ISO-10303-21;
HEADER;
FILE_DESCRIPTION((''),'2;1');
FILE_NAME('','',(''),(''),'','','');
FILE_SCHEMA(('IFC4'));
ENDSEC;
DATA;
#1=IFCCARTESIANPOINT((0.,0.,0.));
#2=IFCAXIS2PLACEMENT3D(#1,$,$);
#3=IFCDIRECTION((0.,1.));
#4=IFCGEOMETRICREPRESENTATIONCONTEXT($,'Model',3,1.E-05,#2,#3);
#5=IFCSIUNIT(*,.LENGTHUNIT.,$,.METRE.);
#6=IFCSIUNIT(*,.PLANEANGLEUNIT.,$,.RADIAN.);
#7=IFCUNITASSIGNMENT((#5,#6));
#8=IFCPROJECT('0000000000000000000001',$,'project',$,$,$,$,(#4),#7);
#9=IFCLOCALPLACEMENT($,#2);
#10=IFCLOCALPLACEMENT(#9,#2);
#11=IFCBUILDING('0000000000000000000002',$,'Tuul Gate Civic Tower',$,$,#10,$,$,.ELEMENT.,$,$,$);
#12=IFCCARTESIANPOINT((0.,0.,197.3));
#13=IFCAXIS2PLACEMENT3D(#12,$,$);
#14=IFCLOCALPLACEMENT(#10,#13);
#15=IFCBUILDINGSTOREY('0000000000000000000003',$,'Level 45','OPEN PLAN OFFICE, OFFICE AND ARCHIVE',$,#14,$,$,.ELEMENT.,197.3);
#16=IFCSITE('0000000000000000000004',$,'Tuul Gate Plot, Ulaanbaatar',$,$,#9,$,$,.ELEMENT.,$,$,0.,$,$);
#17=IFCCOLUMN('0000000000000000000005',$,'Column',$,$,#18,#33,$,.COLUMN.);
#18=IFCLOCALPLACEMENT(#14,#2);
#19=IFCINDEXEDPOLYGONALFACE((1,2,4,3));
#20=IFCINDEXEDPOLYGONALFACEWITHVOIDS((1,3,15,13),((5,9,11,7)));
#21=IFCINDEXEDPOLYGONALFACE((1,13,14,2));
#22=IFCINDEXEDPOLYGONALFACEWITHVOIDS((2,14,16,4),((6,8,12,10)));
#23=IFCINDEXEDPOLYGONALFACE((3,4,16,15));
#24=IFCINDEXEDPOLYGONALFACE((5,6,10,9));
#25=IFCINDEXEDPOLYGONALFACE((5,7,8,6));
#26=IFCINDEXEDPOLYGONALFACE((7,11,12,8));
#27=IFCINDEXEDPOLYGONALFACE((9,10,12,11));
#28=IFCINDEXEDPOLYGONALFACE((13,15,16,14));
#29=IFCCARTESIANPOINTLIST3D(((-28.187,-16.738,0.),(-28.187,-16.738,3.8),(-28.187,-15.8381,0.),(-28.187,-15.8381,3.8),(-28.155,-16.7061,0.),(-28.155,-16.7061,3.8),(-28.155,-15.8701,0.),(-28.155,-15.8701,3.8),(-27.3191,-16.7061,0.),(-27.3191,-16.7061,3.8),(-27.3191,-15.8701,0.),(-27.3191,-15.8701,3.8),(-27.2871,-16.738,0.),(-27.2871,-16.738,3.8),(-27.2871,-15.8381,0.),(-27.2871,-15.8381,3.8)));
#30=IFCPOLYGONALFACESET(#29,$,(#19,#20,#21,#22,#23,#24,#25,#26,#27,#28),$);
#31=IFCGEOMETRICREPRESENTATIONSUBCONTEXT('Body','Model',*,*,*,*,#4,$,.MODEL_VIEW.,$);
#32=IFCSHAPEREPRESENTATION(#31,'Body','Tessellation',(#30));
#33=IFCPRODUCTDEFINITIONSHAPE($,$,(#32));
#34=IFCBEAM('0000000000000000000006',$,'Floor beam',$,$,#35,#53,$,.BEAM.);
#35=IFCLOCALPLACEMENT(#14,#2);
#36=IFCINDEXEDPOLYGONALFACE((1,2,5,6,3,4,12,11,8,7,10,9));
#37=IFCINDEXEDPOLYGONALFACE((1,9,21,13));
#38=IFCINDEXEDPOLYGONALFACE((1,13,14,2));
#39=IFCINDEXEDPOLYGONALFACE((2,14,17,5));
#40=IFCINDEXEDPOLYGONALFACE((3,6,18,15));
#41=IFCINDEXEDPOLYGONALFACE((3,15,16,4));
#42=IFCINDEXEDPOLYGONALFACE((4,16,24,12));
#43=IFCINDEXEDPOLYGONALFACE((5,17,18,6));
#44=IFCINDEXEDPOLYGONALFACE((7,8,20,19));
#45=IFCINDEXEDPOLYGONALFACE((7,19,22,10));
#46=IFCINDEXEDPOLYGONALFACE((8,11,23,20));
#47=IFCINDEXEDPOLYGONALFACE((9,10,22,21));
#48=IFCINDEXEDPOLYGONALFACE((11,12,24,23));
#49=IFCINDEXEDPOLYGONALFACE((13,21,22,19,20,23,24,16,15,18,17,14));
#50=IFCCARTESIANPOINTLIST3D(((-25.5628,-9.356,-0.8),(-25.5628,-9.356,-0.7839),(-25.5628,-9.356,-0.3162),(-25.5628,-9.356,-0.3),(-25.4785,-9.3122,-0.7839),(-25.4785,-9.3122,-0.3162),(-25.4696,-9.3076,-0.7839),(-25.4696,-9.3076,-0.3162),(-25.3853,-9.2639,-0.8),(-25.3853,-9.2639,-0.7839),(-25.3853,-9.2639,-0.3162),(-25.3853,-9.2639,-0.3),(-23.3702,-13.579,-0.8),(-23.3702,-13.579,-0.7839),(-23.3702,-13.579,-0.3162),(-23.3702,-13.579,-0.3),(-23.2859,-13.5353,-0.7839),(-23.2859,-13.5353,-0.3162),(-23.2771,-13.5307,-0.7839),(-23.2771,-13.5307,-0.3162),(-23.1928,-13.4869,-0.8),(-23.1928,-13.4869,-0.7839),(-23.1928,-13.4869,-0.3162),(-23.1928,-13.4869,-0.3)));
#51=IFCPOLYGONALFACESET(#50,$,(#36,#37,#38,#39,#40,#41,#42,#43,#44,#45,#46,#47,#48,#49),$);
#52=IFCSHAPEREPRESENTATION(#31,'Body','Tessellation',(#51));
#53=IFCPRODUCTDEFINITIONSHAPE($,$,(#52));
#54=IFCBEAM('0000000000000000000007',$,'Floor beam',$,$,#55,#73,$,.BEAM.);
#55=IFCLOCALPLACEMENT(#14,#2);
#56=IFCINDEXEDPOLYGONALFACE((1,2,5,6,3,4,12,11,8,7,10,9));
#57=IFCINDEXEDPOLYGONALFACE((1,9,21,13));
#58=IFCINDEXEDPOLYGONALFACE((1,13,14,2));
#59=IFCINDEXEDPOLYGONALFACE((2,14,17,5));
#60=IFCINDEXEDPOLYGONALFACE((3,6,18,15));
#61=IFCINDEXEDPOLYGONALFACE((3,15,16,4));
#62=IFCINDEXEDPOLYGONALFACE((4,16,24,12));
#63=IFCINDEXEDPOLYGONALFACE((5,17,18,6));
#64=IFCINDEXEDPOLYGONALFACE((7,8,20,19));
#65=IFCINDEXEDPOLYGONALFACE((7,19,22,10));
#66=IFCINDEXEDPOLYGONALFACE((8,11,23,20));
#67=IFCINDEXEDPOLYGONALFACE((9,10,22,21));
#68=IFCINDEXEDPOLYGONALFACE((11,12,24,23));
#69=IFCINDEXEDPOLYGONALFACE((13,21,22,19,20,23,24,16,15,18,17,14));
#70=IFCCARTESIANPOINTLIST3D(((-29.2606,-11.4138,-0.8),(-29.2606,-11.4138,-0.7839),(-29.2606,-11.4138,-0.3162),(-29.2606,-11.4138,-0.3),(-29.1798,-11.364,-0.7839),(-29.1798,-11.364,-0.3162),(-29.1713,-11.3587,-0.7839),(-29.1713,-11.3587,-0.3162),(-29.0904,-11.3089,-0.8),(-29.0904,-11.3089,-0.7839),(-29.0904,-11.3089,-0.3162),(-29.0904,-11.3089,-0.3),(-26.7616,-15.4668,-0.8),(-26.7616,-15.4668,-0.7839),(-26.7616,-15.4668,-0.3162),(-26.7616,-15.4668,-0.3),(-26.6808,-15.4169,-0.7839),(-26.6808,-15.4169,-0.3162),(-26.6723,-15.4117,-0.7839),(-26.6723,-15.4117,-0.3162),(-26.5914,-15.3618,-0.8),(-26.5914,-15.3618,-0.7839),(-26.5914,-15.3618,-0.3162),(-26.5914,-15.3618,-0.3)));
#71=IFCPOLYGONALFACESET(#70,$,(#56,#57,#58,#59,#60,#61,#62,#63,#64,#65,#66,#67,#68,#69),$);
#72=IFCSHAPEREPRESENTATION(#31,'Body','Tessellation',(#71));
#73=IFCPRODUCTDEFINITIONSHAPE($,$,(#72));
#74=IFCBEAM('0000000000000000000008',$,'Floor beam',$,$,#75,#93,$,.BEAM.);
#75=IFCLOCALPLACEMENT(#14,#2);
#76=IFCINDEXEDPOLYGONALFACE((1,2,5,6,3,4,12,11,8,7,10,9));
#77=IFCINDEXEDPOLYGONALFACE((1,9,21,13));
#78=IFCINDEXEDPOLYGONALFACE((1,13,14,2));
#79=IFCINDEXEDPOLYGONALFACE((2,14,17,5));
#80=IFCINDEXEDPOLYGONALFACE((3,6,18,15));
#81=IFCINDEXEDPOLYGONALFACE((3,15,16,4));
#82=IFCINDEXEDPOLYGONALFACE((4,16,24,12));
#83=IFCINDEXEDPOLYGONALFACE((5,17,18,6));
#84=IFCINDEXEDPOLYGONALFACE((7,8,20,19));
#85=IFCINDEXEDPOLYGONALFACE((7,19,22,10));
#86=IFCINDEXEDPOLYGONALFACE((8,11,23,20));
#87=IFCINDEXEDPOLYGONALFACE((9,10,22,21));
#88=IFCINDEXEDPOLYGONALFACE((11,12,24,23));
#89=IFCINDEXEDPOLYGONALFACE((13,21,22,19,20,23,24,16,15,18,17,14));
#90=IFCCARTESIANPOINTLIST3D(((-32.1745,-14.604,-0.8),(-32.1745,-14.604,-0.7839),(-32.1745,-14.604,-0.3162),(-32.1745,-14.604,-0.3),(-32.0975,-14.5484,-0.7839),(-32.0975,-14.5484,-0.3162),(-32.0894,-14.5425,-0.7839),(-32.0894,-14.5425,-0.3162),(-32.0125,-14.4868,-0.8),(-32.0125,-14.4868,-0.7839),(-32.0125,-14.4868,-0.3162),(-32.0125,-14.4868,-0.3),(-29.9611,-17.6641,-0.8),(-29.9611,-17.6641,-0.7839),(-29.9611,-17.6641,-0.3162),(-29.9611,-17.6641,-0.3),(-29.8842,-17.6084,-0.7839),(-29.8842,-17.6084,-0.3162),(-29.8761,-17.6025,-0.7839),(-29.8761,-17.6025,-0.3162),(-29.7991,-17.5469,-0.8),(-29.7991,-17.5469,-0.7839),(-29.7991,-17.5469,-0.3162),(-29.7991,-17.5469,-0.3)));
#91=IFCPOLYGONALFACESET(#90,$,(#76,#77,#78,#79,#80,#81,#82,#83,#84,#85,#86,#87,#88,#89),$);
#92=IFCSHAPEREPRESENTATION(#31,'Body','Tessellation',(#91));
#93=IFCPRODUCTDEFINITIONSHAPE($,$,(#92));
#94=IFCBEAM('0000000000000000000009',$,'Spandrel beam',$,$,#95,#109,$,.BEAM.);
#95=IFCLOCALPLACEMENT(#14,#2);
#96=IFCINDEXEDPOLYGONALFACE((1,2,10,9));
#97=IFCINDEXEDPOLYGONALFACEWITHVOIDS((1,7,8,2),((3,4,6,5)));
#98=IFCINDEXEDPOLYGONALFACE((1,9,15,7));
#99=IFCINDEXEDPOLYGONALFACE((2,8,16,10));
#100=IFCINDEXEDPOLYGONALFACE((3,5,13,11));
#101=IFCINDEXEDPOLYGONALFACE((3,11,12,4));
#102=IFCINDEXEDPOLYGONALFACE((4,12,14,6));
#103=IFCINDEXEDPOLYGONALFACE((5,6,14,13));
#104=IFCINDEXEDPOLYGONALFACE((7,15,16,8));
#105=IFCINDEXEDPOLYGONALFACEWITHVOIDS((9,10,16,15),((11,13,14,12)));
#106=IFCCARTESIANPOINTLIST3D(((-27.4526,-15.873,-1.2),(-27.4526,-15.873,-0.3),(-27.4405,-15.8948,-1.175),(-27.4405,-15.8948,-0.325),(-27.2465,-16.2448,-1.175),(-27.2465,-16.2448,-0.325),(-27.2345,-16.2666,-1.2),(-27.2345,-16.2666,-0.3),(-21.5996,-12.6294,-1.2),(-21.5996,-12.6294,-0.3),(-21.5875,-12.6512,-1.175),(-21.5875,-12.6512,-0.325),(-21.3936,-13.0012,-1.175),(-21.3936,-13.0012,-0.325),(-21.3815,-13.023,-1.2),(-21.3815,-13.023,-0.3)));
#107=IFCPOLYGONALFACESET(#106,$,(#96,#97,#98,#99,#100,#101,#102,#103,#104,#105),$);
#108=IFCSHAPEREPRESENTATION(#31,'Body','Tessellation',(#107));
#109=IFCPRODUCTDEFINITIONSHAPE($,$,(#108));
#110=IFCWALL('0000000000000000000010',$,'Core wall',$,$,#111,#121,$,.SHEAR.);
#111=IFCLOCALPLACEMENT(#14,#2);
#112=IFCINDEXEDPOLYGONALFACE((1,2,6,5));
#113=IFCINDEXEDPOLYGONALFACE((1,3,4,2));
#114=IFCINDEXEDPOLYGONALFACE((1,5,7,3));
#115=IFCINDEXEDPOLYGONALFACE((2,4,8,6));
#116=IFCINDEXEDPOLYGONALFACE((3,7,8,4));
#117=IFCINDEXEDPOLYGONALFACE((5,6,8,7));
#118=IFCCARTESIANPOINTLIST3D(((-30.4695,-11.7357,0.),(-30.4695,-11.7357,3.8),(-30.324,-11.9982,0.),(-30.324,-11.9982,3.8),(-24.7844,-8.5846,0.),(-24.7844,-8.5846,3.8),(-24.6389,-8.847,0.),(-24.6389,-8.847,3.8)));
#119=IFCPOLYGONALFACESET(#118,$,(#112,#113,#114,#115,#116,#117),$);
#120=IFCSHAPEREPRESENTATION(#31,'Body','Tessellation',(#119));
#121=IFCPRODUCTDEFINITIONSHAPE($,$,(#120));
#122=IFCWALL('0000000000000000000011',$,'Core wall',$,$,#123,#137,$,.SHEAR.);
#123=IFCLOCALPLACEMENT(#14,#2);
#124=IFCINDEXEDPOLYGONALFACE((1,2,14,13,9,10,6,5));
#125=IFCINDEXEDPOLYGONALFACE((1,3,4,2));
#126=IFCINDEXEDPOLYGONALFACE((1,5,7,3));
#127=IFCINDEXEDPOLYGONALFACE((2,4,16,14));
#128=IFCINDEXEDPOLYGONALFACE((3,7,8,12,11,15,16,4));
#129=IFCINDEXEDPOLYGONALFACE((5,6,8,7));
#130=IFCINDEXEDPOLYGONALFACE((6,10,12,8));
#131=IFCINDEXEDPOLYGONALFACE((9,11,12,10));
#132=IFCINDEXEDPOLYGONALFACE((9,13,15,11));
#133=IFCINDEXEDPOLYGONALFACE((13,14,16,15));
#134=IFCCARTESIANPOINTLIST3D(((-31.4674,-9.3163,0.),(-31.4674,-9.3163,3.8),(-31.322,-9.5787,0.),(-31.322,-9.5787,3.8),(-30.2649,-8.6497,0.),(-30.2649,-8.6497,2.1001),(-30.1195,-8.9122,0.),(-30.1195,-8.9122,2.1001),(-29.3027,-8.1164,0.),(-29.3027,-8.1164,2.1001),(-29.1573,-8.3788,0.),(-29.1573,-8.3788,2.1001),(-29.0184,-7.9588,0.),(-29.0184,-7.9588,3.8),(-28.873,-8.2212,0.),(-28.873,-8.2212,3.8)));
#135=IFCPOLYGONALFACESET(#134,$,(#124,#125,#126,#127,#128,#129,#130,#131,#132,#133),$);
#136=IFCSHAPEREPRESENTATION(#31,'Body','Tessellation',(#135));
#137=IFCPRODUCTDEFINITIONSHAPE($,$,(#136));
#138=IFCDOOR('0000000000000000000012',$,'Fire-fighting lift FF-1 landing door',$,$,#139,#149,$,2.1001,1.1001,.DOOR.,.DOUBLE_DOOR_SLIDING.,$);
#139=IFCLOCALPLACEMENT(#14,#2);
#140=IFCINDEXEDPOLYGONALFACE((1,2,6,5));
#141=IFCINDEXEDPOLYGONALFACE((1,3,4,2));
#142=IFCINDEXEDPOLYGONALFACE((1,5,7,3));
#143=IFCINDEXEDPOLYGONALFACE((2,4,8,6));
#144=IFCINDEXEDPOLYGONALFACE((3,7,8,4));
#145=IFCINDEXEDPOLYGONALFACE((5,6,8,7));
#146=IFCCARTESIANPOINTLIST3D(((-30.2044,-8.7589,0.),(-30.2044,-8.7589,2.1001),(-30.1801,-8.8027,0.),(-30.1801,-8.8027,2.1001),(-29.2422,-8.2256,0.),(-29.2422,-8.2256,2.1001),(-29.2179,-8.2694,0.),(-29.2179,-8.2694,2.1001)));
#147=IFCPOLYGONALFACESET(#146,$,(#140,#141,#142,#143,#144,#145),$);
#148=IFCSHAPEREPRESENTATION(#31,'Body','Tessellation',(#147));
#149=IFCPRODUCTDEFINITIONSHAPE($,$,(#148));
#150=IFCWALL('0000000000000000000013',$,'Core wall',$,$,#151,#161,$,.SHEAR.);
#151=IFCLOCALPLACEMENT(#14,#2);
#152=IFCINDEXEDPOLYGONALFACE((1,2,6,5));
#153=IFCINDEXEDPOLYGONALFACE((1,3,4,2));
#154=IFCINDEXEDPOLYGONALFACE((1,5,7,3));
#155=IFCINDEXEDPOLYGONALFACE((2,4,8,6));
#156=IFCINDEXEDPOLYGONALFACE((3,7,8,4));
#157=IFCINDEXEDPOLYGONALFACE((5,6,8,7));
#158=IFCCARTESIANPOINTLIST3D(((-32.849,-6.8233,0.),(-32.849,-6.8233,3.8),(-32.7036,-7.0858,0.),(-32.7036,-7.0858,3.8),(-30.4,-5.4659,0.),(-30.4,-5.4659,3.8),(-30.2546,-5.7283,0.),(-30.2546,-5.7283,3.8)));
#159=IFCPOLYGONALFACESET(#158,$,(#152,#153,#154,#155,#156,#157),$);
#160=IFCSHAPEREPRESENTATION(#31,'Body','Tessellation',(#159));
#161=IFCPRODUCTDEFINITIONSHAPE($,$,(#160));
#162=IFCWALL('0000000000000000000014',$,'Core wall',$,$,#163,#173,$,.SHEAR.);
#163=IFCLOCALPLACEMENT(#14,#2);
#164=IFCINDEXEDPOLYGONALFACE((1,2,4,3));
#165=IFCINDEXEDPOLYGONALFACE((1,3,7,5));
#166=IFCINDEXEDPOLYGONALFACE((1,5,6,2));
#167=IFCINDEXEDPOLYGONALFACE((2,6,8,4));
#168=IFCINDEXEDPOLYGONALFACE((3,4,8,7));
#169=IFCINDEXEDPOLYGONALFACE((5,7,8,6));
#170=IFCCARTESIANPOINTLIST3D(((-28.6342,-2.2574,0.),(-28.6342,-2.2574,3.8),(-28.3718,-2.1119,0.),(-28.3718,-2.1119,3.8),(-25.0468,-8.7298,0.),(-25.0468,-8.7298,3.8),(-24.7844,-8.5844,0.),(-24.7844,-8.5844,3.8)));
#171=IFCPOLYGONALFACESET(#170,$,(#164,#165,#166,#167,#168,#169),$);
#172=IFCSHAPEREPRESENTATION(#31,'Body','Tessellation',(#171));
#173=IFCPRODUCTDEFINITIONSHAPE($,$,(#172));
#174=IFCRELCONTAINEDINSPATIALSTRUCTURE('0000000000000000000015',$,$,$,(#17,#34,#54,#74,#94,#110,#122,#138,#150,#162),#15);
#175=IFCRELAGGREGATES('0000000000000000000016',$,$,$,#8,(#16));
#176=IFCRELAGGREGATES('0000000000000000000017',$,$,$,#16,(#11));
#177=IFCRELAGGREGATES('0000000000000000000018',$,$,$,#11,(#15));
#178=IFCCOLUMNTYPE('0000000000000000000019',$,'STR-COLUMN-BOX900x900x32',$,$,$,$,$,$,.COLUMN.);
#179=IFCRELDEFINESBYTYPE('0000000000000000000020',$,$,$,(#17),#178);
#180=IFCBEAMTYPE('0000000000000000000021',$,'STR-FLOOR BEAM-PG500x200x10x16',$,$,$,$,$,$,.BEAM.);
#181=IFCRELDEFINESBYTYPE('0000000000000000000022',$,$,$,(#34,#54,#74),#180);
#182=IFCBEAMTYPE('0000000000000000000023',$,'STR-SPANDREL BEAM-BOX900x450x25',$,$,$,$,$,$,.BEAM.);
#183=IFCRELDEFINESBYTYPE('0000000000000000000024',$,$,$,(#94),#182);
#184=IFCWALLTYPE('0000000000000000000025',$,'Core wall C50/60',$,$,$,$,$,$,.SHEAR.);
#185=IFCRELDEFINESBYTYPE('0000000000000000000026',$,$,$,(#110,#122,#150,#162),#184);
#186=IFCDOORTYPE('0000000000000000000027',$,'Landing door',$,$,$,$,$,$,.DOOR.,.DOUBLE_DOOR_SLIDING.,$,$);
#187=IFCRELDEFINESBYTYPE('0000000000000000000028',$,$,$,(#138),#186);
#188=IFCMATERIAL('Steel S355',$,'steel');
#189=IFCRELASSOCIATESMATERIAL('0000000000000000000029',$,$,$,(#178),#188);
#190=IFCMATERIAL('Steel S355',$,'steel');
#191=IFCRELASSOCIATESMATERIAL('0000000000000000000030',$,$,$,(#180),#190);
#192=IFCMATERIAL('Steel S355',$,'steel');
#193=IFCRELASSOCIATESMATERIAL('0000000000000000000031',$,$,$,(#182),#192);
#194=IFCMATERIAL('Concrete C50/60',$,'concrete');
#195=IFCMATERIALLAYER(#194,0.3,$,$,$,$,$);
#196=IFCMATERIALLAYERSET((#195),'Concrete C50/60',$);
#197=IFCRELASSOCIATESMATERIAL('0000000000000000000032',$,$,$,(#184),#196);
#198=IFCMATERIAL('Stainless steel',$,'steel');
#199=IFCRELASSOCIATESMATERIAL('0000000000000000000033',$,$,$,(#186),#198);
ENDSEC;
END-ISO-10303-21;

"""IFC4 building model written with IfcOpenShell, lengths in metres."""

from ifc_helpers import new_model, si_unit, direction, frame, frame_2d, origin, origin_2d, place, context, subcontext, project, spatial, rectangle, hollow_rectangle, i_section, extrude, material, layer, layer_set, material_profile, profile_set, type_object, element, fill, save


model = new_model("IFC4")

# Units and contexts
model_context = context("Model", 3, precision=1e-05, world=origin(), true_north=direction((0.0, 1.0)))
body_context = subcontext(model_context, "Body", "Model", "MODEL_VIEW")
ifc_project = project(units=[si_unit("LENGTHUNIT", "METRE"), si_unit("PLANEANGLEUNIT", "RADIAN")], contexts=[model_context])

# Site, building, storey
site_placement = place(None, origin())
site = spatial("IfcSite", under=ifc_project, at=site_placement, Name="Tuul Gate Plot, Ulaanbaatar", CompositionType="ELEMENT", RefElevation=0.0)
building_placement = place(site_placement, origin())
building = spatial("IfcBuilding", under=site, at=building_placement, Name="Tuul Gate Civic Tower", CompositionType="ELEMENT")
storey_placement = place(building_placement, frame((0.0, 0.0, 197.3)))
storey = spatial("IfcBuildingStorey", under=building, at=storey_placement, Name="Level 45", Description="OPEN PLAN OFFICE, OFFICE AND ARCHIVE", CompositionType="ELEMENT", Elevation=197.3)

# Column
ifc_material_1 = material(Name="Steel S355", Category="steel")
ifc_material_profile_1 = material_profile(ifc_material_1, hollow_rectangle(XDim=0.8999, YDim=0.8999, WallThickness=0.032, at=origin_2d()), Name="BOX900x900x32")
ifc_profile_set_1 = profile_set([ifc_material_profile_1], Name="Steel S355")
column_type = type_object("IfcColumnType", Name="STR-COLUMN-BOX900x900x32", PredefinedType="COLUMN", material=ifc_profile_set_1)
column_placement = place(storey_placement, frame((-27.7371, -16.2881, 0.0), z_axis=(0.0, 0.0, 1.0), x_axis=(1.0, 0.0, 0.0)))
element("IfcColumn", 1, at=column_placement, inside=storey, type_object=column_type, Name="Column", PredefinedType="COLUMN", context=body_context, shape_type="SweptSolid", body=[
    extrude(hollow_rectangle(XDim=0.8999, YDim=0.8999, WallThickness=0.032, at=origin_2d()), origin(), (0.0, 0.0, 1.0), 3.8),
])

# Beams
ifc_material_2 = material(Name="Steel S355", Category="steel")
ifc_material_profile_2 = material_profile(ifc_material_2, i_section(OverallWidth=0.2, OverallDepth=0.5, WebThickness=0.01, FlangeThickness=0.0161, at=origin_2d()), Name="PG500x200x10x16")
ifc_profile_set_2 = profile_set([ifc_material_profile_2], Name="Steel S355")
beam_type_1 = type_object("IfcBeamType", Name="STR-FLOOR BEAM-PG500x200x10x16", PredefinedType="BEAM", material=ifc_profile_set_2)
beam_1_placement = place(storey_placement, frame((-23.2815, -13.533, -0.55), z_axis=(-0.460789, 0.88751, 0.0), x_axis=(-0.88751, -0.460789, 0.0)))
element("IfcBeam", 2, at=beam_1_placement, inside=storey, type_object=beam_type_1, Name="Floor beam", PredefinedType="BEAM", context=body_context, shape_type="SweptSolid", body=[
    extrude(i_section(OverallWidth=0.2, OverallDepth=0.5, WebThickness=0.01, FlangeThickness=0.0161, at=origin_2d()), origin(), (0.0, 0.0, 1.0), 4.7583),
])
beam_2_placement = place(storey_placement, frame((-26.6765, -15.4143, -0.55), z_axis=(-0.524841, 0.8512, 0.0), x_axis=(-0.8512, -0.524841, 0.0)))
element("IfcBeam", 3, at=beam_2_placement, inside=storey, type_object=beam_type_1, Name="Floor beam", PredefinedType="BEAM", context=body_context, shape_type="SweptSolid", body=[
    extrude(i_section(OverallWidth=0.2, OverallDepth=0.5, WebThickness=0.01, FlangeThickness=0.0161, at=origin_2d()), origin(), (0.0, 0.0, 1.0), 4.7615),
])
beam_3_placement = place(storey_placement, frame((-29.8801, -17.6055, -0.55), z_axis=(-0.586071, 0.81026, 0.0), x_axis=(-0.81026, -0.586071, 0.0)))
element("IfcBeam", 4, at=beam_3_placement, inside=storey, type_object=beam_type_1, Name="Floor beam", PredefinedType="BEAM", context=body_context, shape_type="SweptSolid", body=[
    extrude(i_section(OverallWidth=0.2, OverallDepth=0.5, WebThickness=0.01, FlangeThickness=0.0161, at=origin_2d()), origin(), (0.0, 0.0, 1.0), 3.7766),
])
ifc_material_3 = material(Name="Steel S355", Category="steel")
ifc_material_profile_3 = material_profile(ifc_material_3, hollow_rectangle(XDim=0.45, YDim=0.8999, WallThickness=0.0249, at=origin_2d()), Name="BOX900x450x25")
ifc_profile_set_3 = profile_set([ifc_material_profile_3], Name="Steel S355")
beam_type_2 = type_object("IfcBeamType", Name="STR-SPANDREL BEAM-BOX900x450x25", PredefinedType="BEAM", material=ifc_profile_set_3)
beam_4_placement = place(storey_placement, frame((-27.3435, -16.0698, -0.75), z_axis=(0.874666, 0.484726, 0.0), x_axis=(-0.484726, 0.874666, 0.0)))
element("IfcBeam", 5, at=beam_4_placement, inside=storey, type_object=beam_type_2, Name="Spandrel beam", PredefinedType="BEAM", context=body_context, shape_type="SweptSolid", body=[
    extrude(hollow_rectangle(XDim=0.45, YDim=0.8999, WallThickness=0.0249, at=origin_2d()), origin(), (0.0, 0.0, 1.0), 6.6917),
])

# Wall
ifc_material_4 = material(Name="Concrete C50/60", Category="concrete")
ifc_layer_1 = layer(ifc_material_4, 0.3)
ifc_layer_set_1 = layer_set([ifc_layer_1], Name="Concrete C50/60")
wall_type_1 = type_object("IfcWallType", Name="Core wall C50/60", PredefinedType="SHEAR", material=ifc_layer_set_1)
wall_1_placement = place(storey_placement, frame((-24.7117, -8.7158, 0.0), z_axis=(0.0, 0.0, 1.0), x_axis=(-0.87463, -0.484791, 0.0)))
element("IfcWall", 6, at=wall_1_placement, inside=storey, type_object=wall_type_1, Name="Core wall", PredefinedType="SHEAR", context=body_context, shape_type="SweptSolid", body=[
    extrude(rectangle(XDim=6.5, YDim=0.3, at=frame_2d((3.25, 0.0))), origin(), (0.0, 0.0, 1.0), 3.8),
])

# Wall, opening, door
wall_2_placement = place(storey_placement, frame((-28.9458, -8.0901, 0.0), z_axis=(0.0, 0.0, 1.0), x_axis=(-0.87463, -0.484791, 0.0)))
wall_2 = element("IfcWall", 7, at=wall_2_placement, inside=storey, type_object=wall_type_1, Name="Core wall", PredefinedType="SHEAR", context=body_context, shape_type="SweptSolid", body=[
    extrude(rectangle(XDim=2.8, YDim=0.3, at=frame_2d((1.3999, 0.0))), origin(), (0.0, 0.0, 1.0), 3.8),
])
opening_1_placement = place(wall_2_placement, frame((0.325, 0.0, 0.0)))
opening_1 = element("IfcOpeningElement", 8, at=opening_1_placement, cuts=wall_2, PredefinedType="OPENING", context=body_context, shape_type="SweptSolid", body=[
    extrude(rectangle(XDim=1.1001, YDim=2.1001, at=frame_2d((0.55, 1.05))), frame((0.0, 0.1602, 0.0), z_axis=(0.0, -1.0, 0.0), x_axis=(1.0, 0.0, 0.0)), (0.0, 0.0, 1.0), 0.3201),
])
ifc_material_5 = material(Name="Stainless steel", Category="steel")
door_type_1 = type_object("IfcDoorType", Name="Landing door", OperationType="DOUBLE_DOOR_SLIDING", PredefinedType="DOOR", material=ifc_material_5)
door_1_placement = place(opening_1_placement, origin())
door_1 = element("IfcDoor", 9, at=door_1_placement, inside=storey, type_object=door_type_1, Name="Fire-fighting lift FF-1 landing door", OperationType="DOUBLE_DOOR_SLIDING", OverallHeight=2.1001, OverallWidth=1.1001, PredefinedType="DOOR", context=body_context, shape_type="SweptSolid", body=[
    extrude(rectangle(XDim=1.1001, YDim=2.1001, at=frame_2d((0.55, 1.05))), frame((0.0, 0.0249, 0.0), z_axis=(0.0, -1.0, 0.0), x_axis=(1.0, 0.0, 0.0)), (0.0, 0.0, 1.0), 0.05),
])
fill(opening_1, door_1)

# Walls
wall_3_placement = place(storey_placement, frame((-30.3274, -5.5972, 0.0), z_axis=(0.0, 0.0, 1.0), x_axis=(-0.87463, -0.484791, 0.0)))
element("IfcWall", 10, at=wall_3_placement, inside=storey, type_object=wall_type_1, Name="Core wall", PredefinedType="SHEAR", context=body_context, shape_type="SweptSolid", body=[
    extrude(rectangle(XDim=2.8, YDim=0.3, at=frame_2d((1.3999, 0.0))), origin(), (0.0, 0.0, 1.0), 3.8),
])
wall_4_placement = place(storey_placement, frame((-24.9155, -8.6572, 0.0), z_axis=(0.0, 0.0, 1.0), x_axis=(-0.484777, 0.874638, 0.0)))
element("IfcWall", 11, at=wall_4_placement, inside=storey, type_object=wall_type_1, Name="Core wall", PredefinedType="SHEAR", context=body_context, shape_type="SweptSolid", body=[
    extrude(rectangle(XDim=7.4001, YDim=0.3, at=frame_2d((3.7002, 0.0))), origin(), (0.0, 0.0, 1.0), 3.8),
])

save(model, "model.ifc")
